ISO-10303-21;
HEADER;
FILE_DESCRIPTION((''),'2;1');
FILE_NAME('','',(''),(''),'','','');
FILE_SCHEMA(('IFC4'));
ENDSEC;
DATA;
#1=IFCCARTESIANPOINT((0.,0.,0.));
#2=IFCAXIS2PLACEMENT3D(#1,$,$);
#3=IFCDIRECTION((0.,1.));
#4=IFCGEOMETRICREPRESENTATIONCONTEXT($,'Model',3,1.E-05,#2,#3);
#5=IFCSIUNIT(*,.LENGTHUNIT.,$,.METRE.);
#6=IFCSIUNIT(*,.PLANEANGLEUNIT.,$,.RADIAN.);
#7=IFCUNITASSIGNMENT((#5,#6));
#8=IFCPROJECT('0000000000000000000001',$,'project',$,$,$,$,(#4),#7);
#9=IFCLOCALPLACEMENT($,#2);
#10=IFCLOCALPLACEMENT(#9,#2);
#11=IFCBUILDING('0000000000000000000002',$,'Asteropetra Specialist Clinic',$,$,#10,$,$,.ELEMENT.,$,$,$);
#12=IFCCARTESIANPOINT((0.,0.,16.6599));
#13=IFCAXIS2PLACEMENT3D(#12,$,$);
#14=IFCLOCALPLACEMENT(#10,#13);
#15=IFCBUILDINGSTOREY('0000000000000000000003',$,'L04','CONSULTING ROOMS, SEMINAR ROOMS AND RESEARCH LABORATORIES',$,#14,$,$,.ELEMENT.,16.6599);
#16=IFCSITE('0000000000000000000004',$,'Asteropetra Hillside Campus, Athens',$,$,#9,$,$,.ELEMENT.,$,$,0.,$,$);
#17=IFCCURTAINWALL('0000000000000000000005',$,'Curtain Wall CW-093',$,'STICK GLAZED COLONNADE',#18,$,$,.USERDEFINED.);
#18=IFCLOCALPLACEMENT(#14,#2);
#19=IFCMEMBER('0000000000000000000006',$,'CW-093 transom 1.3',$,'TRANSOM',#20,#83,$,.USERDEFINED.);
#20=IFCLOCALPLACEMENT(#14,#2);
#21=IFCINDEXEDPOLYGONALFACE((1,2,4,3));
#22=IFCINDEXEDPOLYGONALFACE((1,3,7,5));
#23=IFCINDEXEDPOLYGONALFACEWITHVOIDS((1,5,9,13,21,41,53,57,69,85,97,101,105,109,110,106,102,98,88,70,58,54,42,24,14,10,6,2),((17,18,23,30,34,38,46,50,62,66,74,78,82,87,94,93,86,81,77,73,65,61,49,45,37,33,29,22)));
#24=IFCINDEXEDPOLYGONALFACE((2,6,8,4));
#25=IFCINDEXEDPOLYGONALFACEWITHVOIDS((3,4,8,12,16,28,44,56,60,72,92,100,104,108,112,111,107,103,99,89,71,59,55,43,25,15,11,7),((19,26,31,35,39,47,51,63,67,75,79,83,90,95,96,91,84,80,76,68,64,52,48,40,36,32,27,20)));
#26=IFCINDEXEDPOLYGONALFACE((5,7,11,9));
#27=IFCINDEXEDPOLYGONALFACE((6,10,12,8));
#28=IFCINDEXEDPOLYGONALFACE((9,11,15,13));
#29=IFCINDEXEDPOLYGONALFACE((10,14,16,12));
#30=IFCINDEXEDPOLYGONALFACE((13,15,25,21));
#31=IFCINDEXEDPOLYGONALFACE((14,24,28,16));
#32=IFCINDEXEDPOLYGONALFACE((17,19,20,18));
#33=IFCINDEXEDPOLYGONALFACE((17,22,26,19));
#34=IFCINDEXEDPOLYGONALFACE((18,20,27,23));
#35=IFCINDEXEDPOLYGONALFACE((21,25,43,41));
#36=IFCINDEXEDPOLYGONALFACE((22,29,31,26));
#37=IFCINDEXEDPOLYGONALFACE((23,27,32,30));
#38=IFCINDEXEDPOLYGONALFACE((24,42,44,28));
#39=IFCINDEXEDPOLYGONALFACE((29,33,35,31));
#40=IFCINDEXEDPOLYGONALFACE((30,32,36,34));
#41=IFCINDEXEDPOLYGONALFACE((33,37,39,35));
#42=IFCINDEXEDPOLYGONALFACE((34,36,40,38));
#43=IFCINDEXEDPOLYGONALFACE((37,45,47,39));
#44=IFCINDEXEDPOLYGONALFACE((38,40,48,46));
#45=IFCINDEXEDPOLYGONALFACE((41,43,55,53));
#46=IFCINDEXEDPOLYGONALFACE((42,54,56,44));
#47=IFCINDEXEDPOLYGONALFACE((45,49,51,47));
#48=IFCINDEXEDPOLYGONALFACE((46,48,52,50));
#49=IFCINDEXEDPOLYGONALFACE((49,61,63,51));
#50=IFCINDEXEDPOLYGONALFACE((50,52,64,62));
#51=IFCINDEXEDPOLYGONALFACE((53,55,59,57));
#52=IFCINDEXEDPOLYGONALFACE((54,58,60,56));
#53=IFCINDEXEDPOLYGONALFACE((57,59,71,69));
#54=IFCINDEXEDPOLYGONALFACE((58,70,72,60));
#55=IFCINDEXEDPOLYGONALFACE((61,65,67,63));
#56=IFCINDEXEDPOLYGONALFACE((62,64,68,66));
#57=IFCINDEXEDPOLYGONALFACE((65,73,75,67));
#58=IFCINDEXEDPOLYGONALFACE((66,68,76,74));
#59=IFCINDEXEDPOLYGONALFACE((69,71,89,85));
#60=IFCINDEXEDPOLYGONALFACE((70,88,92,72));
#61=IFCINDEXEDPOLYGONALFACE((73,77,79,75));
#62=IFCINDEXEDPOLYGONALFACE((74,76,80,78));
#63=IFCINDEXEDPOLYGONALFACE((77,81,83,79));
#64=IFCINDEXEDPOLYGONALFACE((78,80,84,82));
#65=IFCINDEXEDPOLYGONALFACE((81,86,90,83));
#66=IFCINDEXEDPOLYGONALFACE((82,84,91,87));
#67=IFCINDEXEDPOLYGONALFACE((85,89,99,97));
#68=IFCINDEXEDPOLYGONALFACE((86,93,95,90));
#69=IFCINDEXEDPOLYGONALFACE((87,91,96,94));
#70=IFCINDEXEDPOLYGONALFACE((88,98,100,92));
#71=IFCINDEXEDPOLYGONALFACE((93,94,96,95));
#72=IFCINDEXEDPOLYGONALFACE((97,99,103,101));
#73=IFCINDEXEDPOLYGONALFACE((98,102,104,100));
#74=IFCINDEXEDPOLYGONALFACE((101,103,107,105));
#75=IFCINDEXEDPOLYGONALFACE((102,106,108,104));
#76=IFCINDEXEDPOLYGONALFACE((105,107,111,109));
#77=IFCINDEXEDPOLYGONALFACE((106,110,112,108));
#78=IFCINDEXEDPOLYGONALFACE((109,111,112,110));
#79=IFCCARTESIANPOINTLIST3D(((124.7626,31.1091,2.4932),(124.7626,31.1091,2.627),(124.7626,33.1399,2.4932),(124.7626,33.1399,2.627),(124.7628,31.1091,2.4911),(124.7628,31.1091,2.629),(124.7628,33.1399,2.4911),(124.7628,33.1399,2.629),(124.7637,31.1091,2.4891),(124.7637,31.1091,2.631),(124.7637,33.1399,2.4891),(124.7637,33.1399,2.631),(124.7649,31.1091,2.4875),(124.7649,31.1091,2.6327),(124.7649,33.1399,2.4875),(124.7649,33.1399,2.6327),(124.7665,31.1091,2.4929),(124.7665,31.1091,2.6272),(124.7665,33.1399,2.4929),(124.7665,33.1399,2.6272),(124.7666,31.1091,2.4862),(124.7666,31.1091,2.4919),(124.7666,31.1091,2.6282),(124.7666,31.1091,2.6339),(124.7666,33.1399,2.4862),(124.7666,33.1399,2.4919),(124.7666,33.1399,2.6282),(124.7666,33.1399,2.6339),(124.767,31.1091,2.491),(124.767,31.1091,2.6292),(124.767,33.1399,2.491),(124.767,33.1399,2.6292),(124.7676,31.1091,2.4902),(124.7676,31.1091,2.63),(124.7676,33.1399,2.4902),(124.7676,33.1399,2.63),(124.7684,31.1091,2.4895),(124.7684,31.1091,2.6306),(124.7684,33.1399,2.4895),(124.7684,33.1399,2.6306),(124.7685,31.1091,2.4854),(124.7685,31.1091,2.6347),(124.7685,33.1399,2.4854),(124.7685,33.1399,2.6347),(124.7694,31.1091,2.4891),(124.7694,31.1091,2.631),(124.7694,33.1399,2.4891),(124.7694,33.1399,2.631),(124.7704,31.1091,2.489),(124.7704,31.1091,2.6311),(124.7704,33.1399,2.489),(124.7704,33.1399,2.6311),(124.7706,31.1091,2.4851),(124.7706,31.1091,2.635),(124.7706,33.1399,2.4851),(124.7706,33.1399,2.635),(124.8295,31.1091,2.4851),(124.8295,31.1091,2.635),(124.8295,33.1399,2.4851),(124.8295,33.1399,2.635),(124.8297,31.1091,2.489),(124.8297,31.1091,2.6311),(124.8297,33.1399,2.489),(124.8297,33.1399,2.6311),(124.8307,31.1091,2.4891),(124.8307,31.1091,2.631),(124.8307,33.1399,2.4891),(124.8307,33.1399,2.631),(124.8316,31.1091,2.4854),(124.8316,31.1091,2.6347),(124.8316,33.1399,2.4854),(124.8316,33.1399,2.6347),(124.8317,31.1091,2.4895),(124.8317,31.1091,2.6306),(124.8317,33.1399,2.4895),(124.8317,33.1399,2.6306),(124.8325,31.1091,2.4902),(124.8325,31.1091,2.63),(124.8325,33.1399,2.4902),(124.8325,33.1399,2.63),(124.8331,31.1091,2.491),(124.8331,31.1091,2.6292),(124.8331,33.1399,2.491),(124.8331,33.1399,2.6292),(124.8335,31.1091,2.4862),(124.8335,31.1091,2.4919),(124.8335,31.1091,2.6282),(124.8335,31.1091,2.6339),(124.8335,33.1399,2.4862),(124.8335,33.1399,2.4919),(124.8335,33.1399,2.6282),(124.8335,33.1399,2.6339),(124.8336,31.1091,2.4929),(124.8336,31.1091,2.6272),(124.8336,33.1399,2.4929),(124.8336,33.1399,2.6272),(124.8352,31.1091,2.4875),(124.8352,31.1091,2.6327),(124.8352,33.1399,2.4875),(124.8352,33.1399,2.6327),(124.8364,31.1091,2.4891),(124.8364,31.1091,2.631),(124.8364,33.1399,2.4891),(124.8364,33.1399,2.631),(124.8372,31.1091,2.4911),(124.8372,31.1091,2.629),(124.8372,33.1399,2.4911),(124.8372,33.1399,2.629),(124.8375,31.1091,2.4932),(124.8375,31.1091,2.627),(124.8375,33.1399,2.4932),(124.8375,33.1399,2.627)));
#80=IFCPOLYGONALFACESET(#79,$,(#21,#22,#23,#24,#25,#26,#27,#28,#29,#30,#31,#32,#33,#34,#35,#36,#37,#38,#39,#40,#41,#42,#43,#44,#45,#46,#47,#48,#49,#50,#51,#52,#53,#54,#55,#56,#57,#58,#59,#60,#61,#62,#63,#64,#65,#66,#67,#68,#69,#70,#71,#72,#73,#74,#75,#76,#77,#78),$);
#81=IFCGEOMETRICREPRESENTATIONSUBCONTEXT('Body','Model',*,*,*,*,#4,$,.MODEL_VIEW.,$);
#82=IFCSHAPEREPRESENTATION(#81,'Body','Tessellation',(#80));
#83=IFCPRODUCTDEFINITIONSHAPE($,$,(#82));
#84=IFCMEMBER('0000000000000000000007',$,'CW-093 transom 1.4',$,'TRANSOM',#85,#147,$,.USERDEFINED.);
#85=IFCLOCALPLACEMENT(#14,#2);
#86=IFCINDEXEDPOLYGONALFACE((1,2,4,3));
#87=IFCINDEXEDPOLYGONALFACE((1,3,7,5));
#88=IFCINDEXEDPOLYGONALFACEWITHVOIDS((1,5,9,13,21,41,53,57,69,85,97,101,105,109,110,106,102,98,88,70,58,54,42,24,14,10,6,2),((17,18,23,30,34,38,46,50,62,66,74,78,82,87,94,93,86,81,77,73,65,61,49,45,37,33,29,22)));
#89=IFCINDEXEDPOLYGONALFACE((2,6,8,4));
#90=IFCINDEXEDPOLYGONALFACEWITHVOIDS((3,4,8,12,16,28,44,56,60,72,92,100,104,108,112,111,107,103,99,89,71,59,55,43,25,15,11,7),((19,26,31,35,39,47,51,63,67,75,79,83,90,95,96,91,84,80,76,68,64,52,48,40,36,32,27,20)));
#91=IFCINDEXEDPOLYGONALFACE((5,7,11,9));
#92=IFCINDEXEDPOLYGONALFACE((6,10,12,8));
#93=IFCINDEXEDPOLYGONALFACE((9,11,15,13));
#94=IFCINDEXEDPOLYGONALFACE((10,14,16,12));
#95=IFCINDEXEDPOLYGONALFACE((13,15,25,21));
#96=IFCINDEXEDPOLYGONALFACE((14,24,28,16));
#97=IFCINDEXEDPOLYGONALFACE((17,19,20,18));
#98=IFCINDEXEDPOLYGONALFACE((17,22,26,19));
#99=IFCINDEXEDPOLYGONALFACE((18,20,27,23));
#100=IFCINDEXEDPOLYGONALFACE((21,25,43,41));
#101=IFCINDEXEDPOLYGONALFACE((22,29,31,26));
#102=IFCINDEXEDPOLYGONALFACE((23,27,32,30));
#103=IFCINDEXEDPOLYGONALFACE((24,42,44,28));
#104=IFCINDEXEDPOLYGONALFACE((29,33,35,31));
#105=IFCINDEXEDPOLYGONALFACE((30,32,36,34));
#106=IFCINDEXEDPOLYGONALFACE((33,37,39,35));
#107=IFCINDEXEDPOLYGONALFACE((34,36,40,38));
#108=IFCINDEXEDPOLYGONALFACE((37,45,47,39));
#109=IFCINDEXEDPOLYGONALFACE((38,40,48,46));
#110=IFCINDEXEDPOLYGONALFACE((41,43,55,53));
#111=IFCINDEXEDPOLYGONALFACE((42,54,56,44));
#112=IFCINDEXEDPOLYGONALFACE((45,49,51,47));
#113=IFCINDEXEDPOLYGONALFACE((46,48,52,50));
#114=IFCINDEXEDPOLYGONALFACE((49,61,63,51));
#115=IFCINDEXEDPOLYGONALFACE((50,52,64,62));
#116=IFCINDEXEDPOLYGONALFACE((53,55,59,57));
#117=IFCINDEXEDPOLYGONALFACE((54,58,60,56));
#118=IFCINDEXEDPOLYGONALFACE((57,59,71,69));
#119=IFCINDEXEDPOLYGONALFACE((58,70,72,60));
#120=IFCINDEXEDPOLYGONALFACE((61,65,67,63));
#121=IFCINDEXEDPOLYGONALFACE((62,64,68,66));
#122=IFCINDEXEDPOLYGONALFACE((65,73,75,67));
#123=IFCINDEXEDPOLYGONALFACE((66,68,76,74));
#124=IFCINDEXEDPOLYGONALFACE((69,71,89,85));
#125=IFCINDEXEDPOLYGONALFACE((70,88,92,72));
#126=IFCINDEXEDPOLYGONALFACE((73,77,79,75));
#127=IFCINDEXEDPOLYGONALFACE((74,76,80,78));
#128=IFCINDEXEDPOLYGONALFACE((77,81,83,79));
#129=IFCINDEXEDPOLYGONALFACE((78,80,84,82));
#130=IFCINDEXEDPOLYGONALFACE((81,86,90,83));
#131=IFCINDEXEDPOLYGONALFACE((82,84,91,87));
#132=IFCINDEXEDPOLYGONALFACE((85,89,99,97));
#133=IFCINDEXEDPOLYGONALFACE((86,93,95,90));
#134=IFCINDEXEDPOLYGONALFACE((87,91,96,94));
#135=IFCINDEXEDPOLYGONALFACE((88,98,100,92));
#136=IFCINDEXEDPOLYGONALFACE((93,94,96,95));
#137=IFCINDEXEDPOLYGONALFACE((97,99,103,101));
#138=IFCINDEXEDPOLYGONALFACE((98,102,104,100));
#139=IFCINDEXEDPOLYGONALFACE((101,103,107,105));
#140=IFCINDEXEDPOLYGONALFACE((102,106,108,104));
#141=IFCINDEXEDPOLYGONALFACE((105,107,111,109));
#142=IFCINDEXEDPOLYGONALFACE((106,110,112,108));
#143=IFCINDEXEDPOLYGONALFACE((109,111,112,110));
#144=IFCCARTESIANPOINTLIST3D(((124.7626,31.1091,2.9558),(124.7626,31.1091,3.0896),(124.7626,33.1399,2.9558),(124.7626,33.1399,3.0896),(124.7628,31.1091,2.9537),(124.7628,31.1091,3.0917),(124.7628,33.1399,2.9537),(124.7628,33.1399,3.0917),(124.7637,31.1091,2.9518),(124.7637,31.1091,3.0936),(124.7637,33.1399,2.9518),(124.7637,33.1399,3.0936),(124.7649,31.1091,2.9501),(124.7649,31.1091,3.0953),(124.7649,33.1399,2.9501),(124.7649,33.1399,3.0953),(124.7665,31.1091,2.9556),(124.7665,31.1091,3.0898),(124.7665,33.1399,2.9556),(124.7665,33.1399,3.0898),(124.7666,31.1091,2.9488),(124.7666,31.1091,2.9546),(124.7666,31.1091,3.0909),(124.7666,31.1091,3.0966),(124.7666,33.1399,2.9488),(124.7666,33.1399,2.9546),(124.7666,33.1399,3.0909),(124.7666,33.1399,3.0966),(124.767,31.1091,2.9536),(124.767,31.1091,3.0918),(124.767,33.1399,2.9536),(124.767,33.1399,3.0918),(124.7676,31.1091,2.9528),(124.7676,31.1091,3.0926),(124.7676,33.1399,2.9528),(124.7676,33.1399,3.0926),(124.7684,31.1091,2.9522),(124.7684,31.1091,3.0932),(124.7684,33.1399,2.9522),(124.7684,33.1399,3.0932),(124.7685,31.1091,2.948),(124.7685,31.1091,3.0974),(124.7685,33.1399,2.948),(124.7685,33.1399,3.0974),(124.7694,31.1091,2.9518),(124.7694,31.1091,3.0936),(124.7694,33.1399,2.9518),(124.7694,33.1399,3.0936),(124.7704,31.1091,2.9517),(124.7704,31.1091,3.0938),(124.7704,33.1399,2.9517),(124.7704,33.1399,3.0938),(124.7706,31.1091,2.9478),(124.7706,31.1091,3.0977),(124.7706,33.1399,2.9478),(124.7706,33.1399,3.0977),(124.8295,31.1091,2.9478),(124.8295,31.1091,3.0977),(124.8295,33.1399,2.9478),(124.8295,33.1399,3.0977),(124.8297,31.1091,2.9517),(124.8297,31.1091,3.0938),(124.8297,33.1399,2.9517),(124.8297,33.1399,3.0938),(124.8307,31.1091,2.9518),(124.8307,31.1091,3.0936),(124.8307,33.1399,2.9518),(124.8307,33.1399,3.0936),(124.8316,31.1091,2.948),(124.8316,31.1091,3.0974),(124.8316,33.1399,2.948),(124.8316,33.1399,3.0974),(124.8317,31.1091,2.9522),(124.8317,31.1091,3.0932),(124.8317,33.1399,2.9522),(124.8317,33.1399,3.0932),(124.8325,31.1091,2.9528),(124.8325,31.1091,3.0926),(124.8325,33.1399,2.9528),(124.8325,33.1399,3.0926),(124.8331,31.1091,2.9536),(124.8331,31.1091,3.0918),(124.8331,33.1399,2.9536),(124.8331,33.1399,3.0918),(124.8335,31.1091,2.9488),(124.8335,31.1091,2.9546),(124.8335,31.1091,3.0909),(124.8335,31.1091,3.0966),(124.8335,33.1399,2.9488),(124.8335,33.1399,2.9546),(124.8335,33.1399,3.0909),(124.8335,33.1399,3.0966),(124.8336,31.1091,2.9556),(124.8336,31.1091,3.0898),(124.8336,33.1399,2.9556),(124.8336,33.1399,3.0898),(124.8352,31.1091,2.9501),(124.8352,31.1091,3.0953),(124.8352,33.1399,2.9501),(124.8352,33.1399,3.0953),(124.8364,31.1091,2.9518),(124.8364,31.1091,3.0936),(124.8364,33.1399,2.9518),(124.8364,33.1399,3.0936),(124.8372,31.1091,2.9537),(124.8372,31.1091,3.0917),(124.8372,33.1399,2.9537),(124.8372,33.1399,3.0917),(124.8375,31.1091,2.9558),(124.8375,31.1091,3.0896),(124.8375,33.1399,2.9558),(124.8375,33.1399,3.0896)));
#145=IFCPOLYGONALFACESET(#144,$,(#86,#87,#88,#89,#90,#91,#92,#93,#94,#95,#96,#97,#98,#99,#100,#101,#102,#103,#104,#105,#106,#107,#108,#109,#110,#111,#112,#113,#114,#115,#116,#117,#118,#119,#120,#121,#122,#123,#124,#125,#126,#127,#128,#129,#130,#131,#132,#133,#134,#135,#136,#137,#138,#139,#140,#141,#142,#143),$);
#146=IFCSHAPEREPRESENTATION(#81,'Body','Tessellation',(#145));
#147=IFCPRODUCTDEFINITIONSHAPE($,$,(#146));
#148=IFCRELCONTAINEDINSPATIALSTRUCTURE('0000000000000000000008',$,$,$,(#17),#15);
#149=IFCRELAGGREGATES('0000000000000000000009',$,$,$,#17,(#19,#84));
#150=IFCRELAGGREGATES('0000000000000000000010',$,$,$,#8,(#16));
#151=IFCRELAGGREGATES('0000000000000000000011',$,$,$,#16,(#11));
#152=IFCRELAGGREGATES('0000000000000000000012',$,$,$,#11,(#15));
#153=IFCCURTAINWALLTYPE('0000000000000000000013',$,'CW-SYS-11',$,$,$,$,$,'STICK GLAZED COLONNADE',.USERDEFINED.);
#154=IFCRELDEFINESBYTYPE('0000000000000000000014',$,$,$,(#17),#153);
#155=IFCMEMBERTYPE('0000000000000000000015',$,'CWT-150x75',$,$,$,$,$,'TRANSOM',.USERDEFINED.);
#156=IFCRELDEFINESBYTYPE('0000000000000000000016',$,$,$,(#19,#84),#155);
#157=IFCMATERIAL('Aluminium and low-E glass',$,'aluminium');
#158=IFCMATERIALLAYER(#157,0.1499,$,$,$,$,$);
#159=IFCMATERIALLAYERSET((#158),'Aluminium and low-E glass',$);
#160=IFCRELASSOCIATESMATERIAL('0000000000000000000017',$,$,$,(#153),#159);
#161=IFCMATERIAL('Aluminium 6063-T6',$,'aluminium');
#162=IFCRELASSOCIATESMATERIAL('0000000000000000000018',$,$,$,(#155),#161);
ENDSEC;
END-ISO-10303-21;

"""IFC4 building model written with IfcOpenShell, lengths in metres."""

from ifc_helpers import new_model, si_unit, direction, frame, origin, origin_2d, place, context, subcontext, project, spatial, hollow_rectangle, extrude, material, layer, layer_set, material_profile, profile_set, type_object, element, aggregate, save


model = new_model("IFC4")

# Units and contexts
model_context = context("Model", 3, precision=1e-05, world=origin(), true_north=direction((0.0, 1.0)))
body_context = subcontext(model_context, "Body", "Model", "MODEL_VIEW")
ifc_project = project(units=[si_unit("LENGTHUNIT", "METRE"), si_unit("PLANEANGLEUNIT", "RADIAN")], contexts=[model_context])

# Site, building, storey
site_placement = place(None, origin())
site = spatial("IfcSite", under=ifc_project, at=site_placement, Name="Asteropetra Hillside Campus, Athens", CompositionType="ELEMENT", RefElevation=0.0)
building_placement = place(site_placement, origin())
building = spatial("IfcBuilding", under=site, at=building_placement, Name="Asteropetra Specialist Clinic", CompositionType="ELEMENT")
storey_placement = place(building_placement, frame((0.0, 0.0, 16.6599)))
storey = spatial("IfcBuildingStorey", under=building, at=storey_placement, Name="L04", Description="CONSULTING ROOMS, SEMINAR ROOMS AND RESEARCH LABORATORIES", CompositionType="ELEMENT", Elevation=16.6599)

# Curtain wall
ifc_material_1 = material(Name="Aluminium and low-E glass", Category="aluminium")
ifc_layer_1 = layer(ifc_material_1, 0.1499)
ifc_layer_set_1 = layer_set([ifc_layer_1], Name="Aluminium and low-E glass")
curtain_wall_type_1 = type_object("IfcCurtainWallType", Name="CW-SYS-11", ElementType="STICK GLAZED COLONNADE", PredefinedType="USERDEFINED", material=ifc_layer_set_1)
curtain_wall_1_placement = place(storey_placement, origin())
curtain_wall_1 = element("IfcCurtainWall", 1, at=curtain_wall_1_placement, inside=storey, type_object=curtain_wall_type_1, Name="Curtain Wall CW-093", ObjectType="STICK GLAZED COLONNADE", PredefinedType="USERDEFINED")

# Members
ifc_material_2 = material(Name="Aluminium 6063-T6", Category="aluminium")
ifc_material_profile_1 = material_profile(ifc_material_2, hollow_rectangle(XDim=0.075, YDim=0.1499, WallThickness=0.0039, InnerFilletRadius=0.0039, OuterFilletRadius=0.0081, at=origin_2d()), Name="TRN 150x75x4.0")
ifc_profile_set_1 = profile_set([ifc_material_profile_1], Name="Aluminium 6063-T6")
member_type_1 = type_object("IfcMemberType", Name="CWT-150x75", ElementType="TRANSOM", PredefinedType="USERDEFINED", material=ifc_profile_set_1)
member_1_placement = place(storey_placement, frame((124.8, 33.1399, 2.5601), z_axis=(0.0, -1.0, 0.0), x_axis=(1.0, 0.0, 0.0)))
member_1 = element("IfcMember", 2, at=member_1_placement, type_object=member_type_1, Name="CW-093 transom 1.3", ObjectType="TRANSOM", PredefinedType="USERDEFINED", context=body_context, shape_type="SweptSolid", body=[
    extrude(hollow_rectangle(XDim=0.075, YDim=0.1499, WallThickness=0.0039, InnerFilletRadius=0.0039, OuterFilletRadius=0.0081, at=origin_2d()), origin(), (0.0, 0.0, 1.0), 2.0308),
])
member_2_placement = place(storey_placement, frame((124.8, 33.1399, 3.0227), z_axis=(0.0, -1.0, 0.0), x_axis=(1.0, 0.0, 0.0)))
member_2 = element("IfcMember", 3, at=member_2_placement, type_object=member_type_1, Name="CW-093 transom 1.4", ObjectType="TRANSOM", PredefinedType="USERDEFINED", context=body_context, shape_type="SweptSolid", body=[
    extrude(hollow_rectangle(XDim=0.075, YDim=0.1499, WallThickness=0.0039, InnerFilletRadius=0.0039, OuterFilletRadius=0.0081, at=origin_2d()), origin(), (0.0, 0.0, 1.0), 2.0308),
])

aggregate(curtain_wall_1, [member_1, member_2])

save(model, "model.ifc")
